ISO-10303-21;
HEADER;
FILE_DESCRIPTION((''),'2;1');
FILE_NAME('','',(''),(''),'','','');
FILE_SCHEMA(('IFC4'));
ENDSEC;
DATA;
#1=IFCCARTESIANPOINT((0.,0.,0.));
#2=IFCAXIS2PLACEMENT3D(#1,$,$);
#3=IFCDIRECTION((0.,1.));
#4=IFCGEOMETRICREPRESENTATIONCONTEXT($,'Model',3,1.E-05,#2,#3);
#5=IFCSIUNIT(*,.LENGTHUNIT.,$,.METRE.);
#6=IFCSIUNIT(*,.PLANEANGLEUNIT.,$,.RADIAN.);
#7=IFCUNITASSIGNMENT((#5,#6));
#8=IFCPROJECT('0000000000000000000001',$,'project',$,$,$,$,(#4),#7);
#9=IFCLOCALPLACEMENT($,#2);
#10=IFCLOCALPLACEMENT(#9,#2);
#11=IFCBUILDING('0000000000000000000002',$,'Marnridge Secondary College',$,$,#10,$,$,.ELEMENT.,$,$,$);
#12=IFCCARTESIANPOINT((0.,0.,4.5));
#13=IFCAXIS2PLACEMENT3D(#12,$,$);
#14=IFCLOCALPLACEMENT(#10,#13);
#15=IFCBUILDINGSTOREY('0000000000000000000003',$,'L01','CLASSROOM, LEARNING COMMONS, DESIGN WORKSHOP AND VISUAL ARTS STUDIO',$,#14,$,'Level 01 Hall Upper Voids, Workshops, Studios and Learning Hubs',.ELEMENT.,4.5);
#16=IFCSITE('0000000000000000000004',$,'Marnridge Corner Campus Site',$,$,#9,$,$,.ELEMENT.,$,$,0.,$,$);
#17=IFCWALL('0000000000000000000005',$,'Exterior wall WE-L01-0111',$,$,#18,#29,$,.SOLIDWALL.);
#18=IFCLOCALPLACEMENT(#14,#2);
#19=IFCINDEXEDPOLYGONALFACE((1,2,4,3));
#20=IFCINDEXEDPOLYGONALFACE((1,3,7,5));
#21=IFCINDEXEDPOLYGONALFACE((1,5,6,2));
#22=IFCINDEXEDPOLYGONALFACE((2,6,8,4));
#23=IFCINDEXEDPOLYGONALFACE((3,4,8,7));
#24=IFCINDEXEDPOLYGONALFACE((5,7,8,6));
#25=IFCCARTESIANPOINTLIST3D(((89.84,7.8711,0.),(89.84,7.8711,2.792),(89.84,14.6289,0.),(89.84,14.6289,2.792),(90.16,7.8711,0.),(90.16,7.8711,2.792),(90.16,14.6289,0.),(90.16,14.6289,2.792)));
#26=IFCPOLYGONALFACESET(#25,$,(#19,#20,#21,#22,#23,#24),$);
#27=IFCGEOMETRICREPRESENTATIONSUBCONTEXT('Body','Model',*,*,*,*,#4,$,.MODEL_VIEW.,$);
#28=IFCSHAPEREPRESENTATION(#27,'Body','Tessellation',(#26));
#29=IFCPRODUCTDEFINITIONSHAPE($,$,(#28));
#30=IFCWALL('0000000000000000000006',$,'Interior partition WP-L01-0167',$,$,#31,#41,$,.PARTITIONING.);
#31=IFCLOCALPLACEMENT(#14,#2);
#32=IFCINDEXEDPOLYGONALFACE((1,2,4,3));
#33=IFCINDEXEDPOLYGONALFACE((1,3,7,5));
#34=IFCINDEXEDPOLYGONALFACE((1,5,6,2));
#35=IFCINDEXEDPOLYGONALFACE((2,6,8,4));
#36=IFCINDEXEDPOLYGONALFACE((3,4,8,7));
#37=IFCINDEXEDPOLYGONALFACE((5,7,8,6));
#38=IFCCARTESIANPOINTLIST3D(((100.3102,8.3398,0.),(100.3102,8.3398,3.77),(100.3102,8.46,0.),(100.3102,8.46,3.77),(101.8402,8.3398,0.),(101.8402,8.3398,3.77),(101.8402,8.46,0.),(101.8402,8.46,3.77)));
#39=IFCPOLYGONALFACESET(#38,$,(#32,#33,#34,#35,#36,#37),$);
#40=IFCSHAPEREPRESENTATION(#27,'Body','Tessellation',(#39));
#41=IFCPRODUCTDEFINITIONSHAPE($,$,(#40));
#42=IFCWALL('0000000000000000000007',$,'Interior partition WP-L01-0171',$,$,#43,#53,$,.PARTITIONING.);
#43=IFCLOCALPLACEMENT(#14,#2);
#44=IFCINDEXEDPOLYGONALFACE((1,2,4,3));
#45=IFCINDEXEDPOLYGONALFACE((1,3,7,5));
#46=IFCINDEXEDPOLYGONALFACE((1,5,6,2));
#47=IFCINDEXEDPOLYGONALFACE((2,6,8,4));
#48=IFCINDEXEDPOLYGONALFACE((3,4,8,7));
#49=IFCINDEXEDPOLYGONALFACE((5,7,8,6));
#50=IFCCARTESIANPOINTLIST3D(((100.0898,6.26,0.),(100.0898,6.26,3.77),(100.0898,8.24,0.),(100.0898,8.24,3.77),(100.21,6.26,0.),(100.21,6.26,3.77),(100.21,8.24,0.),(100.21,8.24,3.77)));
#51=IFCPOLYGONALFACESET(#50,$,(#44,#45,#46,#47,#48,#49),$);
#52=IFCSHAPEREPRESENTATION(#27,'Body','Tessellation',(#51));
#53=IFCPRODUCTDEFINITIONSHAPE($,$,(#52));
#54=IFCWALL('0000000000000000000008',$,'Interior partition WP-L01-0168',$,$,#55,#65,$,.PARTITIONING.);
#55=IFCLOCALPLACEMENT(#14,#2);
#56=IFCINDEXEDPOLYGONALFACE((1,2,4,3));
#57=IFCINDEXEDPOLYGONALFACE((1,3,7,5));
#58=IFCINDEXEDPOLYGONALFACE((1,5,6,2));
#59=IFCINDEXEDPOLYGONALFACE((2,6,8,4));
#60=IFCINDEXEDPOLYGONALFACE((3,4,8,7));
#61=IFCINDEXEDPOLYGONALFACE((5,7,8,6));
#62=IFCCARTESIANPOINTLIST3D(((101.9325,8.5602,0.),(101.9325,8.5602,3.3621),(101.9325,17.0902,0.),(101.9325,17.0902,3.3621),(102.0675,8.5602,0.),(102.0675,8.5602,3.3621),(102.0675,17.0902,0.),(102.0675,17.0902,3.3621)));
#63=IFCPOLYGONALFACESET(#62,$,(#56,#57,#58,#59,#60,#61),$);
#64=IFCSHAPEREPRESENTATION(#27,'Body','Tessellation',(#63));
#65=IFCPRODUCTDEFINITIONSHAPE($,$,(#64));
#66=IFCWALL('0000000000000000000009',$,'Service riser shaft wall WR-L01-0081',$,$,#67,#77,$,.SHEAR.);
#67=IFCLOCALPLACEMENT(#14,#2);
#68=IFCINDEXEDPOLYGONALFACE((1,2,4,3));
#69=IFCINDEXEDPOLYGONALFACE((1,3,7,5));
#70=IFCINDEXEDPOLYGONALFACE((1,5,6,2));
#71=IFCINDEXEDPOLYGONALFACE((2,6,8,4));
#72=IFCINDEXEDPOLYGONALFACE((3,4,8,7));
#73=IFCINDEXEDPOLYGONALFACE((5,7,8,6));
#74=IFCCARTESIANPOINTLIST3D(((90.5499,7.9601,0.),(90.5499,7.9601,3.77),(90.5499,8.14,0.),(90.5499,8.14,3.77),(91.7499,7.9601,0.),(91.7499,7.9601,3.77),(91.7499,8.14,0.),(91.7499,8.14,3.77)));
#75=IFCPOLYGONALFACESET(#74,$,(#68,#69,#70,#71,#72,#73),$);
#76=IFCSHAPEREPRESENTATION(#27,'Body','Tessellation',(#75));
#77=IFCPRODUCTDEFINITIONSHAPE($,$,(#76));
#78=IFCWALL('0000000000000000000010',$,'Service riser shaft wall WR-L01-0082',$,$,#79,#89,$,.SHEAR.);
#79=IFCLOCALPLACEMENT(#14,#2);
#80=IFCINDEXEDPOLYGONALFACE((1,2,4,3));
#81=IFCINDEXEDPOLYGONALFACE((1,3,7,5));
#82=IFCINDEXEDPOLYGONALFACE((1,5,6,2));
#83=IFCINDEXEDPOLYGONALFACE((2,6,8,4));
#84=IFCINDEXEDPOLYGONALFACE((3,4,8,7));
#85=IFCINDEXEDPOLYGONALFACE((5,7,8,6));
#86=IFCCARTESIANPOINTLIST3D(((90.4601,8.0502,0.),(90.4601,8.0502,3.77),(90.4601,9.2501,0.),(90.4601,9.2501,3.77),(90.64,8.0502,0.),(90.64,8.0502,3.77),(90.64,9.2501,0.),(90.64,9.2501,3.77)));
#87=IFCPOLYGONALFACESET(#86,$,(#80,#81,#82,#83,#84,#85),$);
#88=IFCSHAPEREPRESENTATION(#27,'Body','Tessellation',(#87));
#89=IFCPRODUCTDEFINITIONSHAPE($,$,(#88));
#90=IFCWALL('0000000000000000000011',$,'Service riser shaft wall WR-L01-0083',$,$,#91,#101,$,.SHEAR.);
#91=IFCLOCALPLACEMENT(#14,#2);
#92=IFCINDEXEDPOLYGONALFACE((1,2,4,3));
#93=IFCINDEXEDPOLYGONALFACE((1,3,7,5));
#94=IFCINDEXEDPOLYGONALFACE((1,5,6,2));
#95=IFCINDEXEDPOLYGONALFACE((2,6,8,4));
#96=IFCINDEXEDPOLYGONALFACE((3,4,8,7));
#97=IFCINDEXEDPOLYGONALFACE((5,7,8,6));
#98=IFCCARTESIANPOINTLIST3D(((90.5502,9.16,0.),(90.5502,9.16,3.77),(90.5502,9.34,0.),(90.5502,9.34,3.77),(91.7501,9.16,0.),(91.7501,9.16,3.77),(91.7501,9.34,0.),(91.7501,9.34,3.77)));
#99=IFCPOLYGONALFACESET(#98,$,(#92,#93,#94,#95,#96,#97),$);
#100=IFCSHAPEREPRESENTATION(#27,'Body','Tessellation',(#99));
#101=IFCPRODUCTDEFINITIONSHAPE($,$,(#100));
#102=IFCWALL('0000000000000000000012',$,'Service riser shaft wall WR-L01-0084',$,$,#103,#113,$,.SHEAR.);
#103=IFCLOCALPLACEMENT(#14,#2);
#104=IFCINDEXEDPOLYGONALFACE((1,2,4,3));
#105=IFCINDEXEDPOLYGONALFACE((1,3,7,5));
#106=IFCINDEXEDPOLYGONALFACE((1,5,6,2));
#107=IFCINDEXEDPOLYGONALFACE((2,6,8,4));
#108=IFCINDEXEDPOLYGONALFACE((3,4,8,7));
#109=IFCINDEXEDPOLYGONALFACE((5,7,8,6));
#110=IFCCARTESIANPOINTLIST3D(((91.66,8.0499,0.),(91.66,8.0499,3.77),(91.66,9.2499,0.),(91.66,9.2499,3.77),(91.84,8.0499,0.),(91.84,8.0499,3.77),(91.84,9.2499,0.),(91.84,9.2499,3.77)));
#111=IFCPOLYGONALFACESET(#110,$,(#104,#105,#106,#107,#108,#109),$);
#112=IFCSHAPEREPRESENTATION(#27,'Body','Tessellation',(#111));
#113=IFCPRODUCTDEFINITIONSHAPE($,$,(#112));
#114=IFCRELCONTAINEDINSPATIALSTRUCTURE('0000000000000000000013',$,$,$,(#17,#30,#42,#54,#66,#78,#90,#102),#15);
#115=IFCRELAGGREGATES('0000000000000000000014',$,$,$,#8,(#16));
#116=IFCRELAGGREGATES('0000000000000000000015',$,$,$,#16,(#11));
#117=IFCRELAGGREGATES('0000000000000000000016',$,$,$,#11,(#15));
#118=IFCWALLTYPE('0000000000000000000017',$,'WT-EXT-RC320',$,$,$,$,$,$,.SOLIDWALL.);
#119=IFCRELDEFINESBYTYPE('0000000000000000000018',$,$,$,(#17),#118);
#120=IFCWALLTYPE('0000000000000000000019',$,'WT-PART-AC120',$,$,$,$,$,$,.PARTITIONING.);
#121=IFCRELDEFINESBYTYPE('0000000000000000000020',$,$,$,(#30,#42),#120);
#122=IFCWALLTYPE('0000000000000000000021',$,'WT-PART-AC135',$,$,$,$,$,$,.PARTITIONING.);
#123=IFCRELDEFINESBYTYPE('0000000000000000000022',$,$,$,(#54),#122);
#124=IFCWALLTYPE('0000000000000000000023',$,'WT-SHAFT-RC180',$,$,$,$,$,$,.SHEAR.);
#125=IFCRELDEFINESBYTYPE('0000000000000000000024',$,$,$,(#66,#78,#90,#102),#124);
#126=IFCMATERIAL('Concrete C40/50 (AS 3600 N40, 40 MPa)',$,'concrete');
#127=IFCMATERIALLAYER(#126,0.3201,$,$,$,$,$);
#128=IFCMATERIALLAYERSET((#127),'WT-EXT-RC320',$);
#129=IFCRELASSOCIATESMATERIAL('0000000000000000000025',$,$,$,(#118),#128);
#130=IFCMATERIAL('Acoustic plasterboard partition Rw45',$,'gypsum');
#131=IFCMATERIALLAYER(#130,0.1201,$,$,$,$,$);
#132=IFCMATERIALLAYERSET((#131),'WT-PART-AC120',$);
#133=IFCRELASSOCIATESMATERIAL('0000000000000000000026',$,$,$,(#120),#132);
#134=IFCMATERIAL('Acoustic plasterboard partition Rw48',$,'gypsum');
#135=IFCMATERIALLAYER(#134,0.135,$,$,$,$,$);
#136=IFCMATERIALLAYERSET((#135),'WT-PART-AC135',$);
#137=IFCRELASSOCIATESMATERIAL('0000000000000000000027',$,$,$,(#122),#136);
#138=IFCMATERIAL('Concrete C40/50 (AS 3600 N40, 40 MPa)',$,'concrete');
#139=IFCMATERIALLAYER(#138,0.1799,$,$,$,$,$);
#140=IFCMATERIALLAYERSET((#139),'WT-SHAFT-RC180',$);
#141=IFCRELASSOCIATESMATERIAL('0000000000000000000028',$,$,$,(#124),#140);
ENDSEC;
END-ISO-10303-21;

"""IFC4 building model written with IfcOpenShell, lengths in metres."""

from ifc_helpers import new_model, si_unit, direction, frame, frame_2d, origin, place, context, subcontext, project, spatial, rectangle, extrude, material, layer, layer_set, type_object, element, save


model = new_model("IFC4")

# Units and contexts
model_context = context("Model", 3, precision=1e-05, world=origin(), true_north=direction((0.0, 1.0)))
body_context = subcontext(model_context, "Body", "Model", "MODEL_VIEW")
ifc_project = project(units=[si_unit("LENGTHUNIT", "METRE"), si_unit("PLANEANGLEUNIT", "RADIAN")], contexts=[model_context])

# Site, building, storey
site_placement = place(None, origin())
site = spatial("IfcSite", under=ifc_project, at=site_placement, Name="Marnridge Corner Campus Site", CompositionType="ELEMENT", RefElevation=0.0)
building_placement = place(site_placement, origin())
building = spatial("IfcBuilding", under=site, at=building_placement, Name="Marnridge Secondary College", CompositionType="ELEMENT")
storey_placement = place(building_placement, frame((0.0, 0.0, 4.5)))
storey = spatial("IfcBuildingStorey", under=building, at=storey_placement, Name="L01", Description="CLASSROOM, LEARNING COMMONS, DESIGN WORKSHOP AND VISUAL ARTS STUDIO", LongName="Level 01 Hall Upper Voids, Workshops, Studios and Learning Hubs", CompositionType="ELEMENT", Elevation=4.5)

# Walls
ifc_material_1 = material(Name="Concrete C40/50 (AS 3600 N40, 40 MPa)", Category="concrete")
ifc_layer_1 = layer(ifc_material_1, 0.3201)
ifc_layer_set_1 = layer_set([ifc_layer_1], Name="WT-EXT-RC320")
wall_type_1 = type_object("IfcWallType", Name="WT-EXT-RC320", PredefinedType="SOLIDWALL", material=ifc_layer_set_1)
wall_1_placement = place(storey_placement, frame((90.0, 7.8711, 0.0), z_axis=(0.0, 0.0, 1.0), x_axis=(0.0, 1.0, 0.0)))
element("IfcWall", 1, at=wall_1_placement, inside=storey, type_object=wall_type_1, Name="Exterior wall WE-L01-0111", PredefinedType="SOLIDWALL", context=body_context, shape_type="SweptSolid", body=[
    extrude(rectangle(XDim=6.7578, YDim=0.3201, at=frame_2d((3.3789, 0.0))), origin(), (0.0, 0.0, 1.0), 2.792),
])
ifc_material_2 = material(Name="Acoustic plasterboard partition Rw45", Category="gypsum")
ifc_layer_2 = layer(ifc_material_2, 0.1201)
ifc_layer_set_2 = layer_set([ifc_layer_2], Name="WT-PART-AC120")
wall_type_2 = type_object("IfcWallType", Name="WT-PART-AC120", PredefinedType="PARTITIONING", material=ifc_layer_set_2)
wall_2_placement = place(storey_placement, frame((100.3101, 8.3999, 0.0), z_axis=(0.0, 0.0, 1.0), x_axis=(1.0, 0.0, 0.0)))
element("IfcWall", 2, at=wall_2_placement, inside=storey, type_object=wall_type_2, Name="Interior partition WP-L01-0167", PredefinedType="PARTITIONING", context=body_context, shape_type="SweptSolid", body=[
    extrude(rectangle(XDim=1.53, YDim=0.1201, at=frame_2d((0.7651, 0.0))), origin(), (0.0, 0.0, 1.0), 3.77),
])
wall_3_placement = place(storey_placement, frame((100.1499, 6.26, 0.0), z_axis=(0.0, 0.0, 1.0), x_axis=(0.0, 1.0, 0.0)))
element("IfcWall", 3, at=wall_3_placement, inside=storey, type_object=wall_type_2, Name="Interior partition WP-L01-0171", PredefinedType="PARTITIONING", context=body_context, shape_type="SweptSolid", body=[
    extrude(rectangle(XDim=1.98, YDim=0.1201, at=frame_2d((0.99, 0.0))), origin(), (0.0, 0.0, 1.0), 3.77),
])
ifc_material_3 = material(Name="Acoustic plasterboard partition Rw48", Category="gypsum")
ifc_layer_3 = layer(ifc_material_3, 0.135)
ifc_layer_set_3 = layer_set([ifc_layer_3], Name="WT-PART-AC135")
wall_type_3 = type_object("IfcWallType", Name="WT-PART-AC135", PredefinedType="PARTITIONING", material=ifc_layer_set_3)
wall_4_placement = place(storey_placement, frame((102.0, 8.5601, 0.0), z_axis=(0.0, 0.0, 1.0), x_axis=(0.0, 1.0, 0.0)))
element("IfcWall", 4, at=wall_4_placement, inside=storey, type_object=wall_type_3, Name="Interior partition WP-L01-0168", PredefinedType="PARTITIONING", context=body_context, shape_type="SweptSolid", body=[
    extrude(rectangle(XDim=8.53, YDim=0.135, at=frame_2d((4.2651, 0.0))), origin(), (0.0, 0.0, 1.0), 3.3621),
])
ifc_material_4 = material(Name="Concrete C40/50 (AS 3600 N40, 40 MPa)", Category="concrete")
ifc_layer_4 = layer(ifc_material_4, 0.1799)
ifc_layer_set_4 = layer_set([ifc_layer_4], Name="WT-SHAFT-RC180")
wall_type_4 = type_object("IfcWallType", Name="WT-SHAFT-RC180", PredefinedType="SHEAR", material=ifc_layer_set_4)
for number, where, z_axis, x_axis, name in (
    (5, (91.75, 8.05, 0.0), (0.0, 0.0, 1.0), (-1.0, 0.0, 0.0), "Service riser shaft wall WR-L01-0081"),
    (6, (90.55, 8.05, 0.0), (0.0, 0.0, 1.0), (0.0, 1.0, 0.0), "Service riser shaft wall WR-L01-0082"),
    (7, (90.55, 9.25, 0.0), (0.0, 0.0, 1.0), (1.0, 0.0, 0.0), "Service riser shaft wall WR-L01-0083"),
    (8, (91.75, 9.25, 0.0), (0.0, 0.0, 1.0), (0.0, -1.0, 0.0), "Service riser shaft wall WR-L01-0084"),
):
    element("IfcWall", number, at=place(storey_placement, frame(where, z_axis=z_axis, x_axis=x_axis)), inside=storey, type_object=wall_type_4, Name=name, PredefinedType="SHEAR", context=body_context, shape_type="SweptSolid", body=[
        extrude(rectangle(XDim=1.2, YDim=0.1799, at=frame_2d((0.6001, 0.0))), origin(), (0.0, 0.0, 1.0), 3.77),
    ])

save(model, "model.ifc")
